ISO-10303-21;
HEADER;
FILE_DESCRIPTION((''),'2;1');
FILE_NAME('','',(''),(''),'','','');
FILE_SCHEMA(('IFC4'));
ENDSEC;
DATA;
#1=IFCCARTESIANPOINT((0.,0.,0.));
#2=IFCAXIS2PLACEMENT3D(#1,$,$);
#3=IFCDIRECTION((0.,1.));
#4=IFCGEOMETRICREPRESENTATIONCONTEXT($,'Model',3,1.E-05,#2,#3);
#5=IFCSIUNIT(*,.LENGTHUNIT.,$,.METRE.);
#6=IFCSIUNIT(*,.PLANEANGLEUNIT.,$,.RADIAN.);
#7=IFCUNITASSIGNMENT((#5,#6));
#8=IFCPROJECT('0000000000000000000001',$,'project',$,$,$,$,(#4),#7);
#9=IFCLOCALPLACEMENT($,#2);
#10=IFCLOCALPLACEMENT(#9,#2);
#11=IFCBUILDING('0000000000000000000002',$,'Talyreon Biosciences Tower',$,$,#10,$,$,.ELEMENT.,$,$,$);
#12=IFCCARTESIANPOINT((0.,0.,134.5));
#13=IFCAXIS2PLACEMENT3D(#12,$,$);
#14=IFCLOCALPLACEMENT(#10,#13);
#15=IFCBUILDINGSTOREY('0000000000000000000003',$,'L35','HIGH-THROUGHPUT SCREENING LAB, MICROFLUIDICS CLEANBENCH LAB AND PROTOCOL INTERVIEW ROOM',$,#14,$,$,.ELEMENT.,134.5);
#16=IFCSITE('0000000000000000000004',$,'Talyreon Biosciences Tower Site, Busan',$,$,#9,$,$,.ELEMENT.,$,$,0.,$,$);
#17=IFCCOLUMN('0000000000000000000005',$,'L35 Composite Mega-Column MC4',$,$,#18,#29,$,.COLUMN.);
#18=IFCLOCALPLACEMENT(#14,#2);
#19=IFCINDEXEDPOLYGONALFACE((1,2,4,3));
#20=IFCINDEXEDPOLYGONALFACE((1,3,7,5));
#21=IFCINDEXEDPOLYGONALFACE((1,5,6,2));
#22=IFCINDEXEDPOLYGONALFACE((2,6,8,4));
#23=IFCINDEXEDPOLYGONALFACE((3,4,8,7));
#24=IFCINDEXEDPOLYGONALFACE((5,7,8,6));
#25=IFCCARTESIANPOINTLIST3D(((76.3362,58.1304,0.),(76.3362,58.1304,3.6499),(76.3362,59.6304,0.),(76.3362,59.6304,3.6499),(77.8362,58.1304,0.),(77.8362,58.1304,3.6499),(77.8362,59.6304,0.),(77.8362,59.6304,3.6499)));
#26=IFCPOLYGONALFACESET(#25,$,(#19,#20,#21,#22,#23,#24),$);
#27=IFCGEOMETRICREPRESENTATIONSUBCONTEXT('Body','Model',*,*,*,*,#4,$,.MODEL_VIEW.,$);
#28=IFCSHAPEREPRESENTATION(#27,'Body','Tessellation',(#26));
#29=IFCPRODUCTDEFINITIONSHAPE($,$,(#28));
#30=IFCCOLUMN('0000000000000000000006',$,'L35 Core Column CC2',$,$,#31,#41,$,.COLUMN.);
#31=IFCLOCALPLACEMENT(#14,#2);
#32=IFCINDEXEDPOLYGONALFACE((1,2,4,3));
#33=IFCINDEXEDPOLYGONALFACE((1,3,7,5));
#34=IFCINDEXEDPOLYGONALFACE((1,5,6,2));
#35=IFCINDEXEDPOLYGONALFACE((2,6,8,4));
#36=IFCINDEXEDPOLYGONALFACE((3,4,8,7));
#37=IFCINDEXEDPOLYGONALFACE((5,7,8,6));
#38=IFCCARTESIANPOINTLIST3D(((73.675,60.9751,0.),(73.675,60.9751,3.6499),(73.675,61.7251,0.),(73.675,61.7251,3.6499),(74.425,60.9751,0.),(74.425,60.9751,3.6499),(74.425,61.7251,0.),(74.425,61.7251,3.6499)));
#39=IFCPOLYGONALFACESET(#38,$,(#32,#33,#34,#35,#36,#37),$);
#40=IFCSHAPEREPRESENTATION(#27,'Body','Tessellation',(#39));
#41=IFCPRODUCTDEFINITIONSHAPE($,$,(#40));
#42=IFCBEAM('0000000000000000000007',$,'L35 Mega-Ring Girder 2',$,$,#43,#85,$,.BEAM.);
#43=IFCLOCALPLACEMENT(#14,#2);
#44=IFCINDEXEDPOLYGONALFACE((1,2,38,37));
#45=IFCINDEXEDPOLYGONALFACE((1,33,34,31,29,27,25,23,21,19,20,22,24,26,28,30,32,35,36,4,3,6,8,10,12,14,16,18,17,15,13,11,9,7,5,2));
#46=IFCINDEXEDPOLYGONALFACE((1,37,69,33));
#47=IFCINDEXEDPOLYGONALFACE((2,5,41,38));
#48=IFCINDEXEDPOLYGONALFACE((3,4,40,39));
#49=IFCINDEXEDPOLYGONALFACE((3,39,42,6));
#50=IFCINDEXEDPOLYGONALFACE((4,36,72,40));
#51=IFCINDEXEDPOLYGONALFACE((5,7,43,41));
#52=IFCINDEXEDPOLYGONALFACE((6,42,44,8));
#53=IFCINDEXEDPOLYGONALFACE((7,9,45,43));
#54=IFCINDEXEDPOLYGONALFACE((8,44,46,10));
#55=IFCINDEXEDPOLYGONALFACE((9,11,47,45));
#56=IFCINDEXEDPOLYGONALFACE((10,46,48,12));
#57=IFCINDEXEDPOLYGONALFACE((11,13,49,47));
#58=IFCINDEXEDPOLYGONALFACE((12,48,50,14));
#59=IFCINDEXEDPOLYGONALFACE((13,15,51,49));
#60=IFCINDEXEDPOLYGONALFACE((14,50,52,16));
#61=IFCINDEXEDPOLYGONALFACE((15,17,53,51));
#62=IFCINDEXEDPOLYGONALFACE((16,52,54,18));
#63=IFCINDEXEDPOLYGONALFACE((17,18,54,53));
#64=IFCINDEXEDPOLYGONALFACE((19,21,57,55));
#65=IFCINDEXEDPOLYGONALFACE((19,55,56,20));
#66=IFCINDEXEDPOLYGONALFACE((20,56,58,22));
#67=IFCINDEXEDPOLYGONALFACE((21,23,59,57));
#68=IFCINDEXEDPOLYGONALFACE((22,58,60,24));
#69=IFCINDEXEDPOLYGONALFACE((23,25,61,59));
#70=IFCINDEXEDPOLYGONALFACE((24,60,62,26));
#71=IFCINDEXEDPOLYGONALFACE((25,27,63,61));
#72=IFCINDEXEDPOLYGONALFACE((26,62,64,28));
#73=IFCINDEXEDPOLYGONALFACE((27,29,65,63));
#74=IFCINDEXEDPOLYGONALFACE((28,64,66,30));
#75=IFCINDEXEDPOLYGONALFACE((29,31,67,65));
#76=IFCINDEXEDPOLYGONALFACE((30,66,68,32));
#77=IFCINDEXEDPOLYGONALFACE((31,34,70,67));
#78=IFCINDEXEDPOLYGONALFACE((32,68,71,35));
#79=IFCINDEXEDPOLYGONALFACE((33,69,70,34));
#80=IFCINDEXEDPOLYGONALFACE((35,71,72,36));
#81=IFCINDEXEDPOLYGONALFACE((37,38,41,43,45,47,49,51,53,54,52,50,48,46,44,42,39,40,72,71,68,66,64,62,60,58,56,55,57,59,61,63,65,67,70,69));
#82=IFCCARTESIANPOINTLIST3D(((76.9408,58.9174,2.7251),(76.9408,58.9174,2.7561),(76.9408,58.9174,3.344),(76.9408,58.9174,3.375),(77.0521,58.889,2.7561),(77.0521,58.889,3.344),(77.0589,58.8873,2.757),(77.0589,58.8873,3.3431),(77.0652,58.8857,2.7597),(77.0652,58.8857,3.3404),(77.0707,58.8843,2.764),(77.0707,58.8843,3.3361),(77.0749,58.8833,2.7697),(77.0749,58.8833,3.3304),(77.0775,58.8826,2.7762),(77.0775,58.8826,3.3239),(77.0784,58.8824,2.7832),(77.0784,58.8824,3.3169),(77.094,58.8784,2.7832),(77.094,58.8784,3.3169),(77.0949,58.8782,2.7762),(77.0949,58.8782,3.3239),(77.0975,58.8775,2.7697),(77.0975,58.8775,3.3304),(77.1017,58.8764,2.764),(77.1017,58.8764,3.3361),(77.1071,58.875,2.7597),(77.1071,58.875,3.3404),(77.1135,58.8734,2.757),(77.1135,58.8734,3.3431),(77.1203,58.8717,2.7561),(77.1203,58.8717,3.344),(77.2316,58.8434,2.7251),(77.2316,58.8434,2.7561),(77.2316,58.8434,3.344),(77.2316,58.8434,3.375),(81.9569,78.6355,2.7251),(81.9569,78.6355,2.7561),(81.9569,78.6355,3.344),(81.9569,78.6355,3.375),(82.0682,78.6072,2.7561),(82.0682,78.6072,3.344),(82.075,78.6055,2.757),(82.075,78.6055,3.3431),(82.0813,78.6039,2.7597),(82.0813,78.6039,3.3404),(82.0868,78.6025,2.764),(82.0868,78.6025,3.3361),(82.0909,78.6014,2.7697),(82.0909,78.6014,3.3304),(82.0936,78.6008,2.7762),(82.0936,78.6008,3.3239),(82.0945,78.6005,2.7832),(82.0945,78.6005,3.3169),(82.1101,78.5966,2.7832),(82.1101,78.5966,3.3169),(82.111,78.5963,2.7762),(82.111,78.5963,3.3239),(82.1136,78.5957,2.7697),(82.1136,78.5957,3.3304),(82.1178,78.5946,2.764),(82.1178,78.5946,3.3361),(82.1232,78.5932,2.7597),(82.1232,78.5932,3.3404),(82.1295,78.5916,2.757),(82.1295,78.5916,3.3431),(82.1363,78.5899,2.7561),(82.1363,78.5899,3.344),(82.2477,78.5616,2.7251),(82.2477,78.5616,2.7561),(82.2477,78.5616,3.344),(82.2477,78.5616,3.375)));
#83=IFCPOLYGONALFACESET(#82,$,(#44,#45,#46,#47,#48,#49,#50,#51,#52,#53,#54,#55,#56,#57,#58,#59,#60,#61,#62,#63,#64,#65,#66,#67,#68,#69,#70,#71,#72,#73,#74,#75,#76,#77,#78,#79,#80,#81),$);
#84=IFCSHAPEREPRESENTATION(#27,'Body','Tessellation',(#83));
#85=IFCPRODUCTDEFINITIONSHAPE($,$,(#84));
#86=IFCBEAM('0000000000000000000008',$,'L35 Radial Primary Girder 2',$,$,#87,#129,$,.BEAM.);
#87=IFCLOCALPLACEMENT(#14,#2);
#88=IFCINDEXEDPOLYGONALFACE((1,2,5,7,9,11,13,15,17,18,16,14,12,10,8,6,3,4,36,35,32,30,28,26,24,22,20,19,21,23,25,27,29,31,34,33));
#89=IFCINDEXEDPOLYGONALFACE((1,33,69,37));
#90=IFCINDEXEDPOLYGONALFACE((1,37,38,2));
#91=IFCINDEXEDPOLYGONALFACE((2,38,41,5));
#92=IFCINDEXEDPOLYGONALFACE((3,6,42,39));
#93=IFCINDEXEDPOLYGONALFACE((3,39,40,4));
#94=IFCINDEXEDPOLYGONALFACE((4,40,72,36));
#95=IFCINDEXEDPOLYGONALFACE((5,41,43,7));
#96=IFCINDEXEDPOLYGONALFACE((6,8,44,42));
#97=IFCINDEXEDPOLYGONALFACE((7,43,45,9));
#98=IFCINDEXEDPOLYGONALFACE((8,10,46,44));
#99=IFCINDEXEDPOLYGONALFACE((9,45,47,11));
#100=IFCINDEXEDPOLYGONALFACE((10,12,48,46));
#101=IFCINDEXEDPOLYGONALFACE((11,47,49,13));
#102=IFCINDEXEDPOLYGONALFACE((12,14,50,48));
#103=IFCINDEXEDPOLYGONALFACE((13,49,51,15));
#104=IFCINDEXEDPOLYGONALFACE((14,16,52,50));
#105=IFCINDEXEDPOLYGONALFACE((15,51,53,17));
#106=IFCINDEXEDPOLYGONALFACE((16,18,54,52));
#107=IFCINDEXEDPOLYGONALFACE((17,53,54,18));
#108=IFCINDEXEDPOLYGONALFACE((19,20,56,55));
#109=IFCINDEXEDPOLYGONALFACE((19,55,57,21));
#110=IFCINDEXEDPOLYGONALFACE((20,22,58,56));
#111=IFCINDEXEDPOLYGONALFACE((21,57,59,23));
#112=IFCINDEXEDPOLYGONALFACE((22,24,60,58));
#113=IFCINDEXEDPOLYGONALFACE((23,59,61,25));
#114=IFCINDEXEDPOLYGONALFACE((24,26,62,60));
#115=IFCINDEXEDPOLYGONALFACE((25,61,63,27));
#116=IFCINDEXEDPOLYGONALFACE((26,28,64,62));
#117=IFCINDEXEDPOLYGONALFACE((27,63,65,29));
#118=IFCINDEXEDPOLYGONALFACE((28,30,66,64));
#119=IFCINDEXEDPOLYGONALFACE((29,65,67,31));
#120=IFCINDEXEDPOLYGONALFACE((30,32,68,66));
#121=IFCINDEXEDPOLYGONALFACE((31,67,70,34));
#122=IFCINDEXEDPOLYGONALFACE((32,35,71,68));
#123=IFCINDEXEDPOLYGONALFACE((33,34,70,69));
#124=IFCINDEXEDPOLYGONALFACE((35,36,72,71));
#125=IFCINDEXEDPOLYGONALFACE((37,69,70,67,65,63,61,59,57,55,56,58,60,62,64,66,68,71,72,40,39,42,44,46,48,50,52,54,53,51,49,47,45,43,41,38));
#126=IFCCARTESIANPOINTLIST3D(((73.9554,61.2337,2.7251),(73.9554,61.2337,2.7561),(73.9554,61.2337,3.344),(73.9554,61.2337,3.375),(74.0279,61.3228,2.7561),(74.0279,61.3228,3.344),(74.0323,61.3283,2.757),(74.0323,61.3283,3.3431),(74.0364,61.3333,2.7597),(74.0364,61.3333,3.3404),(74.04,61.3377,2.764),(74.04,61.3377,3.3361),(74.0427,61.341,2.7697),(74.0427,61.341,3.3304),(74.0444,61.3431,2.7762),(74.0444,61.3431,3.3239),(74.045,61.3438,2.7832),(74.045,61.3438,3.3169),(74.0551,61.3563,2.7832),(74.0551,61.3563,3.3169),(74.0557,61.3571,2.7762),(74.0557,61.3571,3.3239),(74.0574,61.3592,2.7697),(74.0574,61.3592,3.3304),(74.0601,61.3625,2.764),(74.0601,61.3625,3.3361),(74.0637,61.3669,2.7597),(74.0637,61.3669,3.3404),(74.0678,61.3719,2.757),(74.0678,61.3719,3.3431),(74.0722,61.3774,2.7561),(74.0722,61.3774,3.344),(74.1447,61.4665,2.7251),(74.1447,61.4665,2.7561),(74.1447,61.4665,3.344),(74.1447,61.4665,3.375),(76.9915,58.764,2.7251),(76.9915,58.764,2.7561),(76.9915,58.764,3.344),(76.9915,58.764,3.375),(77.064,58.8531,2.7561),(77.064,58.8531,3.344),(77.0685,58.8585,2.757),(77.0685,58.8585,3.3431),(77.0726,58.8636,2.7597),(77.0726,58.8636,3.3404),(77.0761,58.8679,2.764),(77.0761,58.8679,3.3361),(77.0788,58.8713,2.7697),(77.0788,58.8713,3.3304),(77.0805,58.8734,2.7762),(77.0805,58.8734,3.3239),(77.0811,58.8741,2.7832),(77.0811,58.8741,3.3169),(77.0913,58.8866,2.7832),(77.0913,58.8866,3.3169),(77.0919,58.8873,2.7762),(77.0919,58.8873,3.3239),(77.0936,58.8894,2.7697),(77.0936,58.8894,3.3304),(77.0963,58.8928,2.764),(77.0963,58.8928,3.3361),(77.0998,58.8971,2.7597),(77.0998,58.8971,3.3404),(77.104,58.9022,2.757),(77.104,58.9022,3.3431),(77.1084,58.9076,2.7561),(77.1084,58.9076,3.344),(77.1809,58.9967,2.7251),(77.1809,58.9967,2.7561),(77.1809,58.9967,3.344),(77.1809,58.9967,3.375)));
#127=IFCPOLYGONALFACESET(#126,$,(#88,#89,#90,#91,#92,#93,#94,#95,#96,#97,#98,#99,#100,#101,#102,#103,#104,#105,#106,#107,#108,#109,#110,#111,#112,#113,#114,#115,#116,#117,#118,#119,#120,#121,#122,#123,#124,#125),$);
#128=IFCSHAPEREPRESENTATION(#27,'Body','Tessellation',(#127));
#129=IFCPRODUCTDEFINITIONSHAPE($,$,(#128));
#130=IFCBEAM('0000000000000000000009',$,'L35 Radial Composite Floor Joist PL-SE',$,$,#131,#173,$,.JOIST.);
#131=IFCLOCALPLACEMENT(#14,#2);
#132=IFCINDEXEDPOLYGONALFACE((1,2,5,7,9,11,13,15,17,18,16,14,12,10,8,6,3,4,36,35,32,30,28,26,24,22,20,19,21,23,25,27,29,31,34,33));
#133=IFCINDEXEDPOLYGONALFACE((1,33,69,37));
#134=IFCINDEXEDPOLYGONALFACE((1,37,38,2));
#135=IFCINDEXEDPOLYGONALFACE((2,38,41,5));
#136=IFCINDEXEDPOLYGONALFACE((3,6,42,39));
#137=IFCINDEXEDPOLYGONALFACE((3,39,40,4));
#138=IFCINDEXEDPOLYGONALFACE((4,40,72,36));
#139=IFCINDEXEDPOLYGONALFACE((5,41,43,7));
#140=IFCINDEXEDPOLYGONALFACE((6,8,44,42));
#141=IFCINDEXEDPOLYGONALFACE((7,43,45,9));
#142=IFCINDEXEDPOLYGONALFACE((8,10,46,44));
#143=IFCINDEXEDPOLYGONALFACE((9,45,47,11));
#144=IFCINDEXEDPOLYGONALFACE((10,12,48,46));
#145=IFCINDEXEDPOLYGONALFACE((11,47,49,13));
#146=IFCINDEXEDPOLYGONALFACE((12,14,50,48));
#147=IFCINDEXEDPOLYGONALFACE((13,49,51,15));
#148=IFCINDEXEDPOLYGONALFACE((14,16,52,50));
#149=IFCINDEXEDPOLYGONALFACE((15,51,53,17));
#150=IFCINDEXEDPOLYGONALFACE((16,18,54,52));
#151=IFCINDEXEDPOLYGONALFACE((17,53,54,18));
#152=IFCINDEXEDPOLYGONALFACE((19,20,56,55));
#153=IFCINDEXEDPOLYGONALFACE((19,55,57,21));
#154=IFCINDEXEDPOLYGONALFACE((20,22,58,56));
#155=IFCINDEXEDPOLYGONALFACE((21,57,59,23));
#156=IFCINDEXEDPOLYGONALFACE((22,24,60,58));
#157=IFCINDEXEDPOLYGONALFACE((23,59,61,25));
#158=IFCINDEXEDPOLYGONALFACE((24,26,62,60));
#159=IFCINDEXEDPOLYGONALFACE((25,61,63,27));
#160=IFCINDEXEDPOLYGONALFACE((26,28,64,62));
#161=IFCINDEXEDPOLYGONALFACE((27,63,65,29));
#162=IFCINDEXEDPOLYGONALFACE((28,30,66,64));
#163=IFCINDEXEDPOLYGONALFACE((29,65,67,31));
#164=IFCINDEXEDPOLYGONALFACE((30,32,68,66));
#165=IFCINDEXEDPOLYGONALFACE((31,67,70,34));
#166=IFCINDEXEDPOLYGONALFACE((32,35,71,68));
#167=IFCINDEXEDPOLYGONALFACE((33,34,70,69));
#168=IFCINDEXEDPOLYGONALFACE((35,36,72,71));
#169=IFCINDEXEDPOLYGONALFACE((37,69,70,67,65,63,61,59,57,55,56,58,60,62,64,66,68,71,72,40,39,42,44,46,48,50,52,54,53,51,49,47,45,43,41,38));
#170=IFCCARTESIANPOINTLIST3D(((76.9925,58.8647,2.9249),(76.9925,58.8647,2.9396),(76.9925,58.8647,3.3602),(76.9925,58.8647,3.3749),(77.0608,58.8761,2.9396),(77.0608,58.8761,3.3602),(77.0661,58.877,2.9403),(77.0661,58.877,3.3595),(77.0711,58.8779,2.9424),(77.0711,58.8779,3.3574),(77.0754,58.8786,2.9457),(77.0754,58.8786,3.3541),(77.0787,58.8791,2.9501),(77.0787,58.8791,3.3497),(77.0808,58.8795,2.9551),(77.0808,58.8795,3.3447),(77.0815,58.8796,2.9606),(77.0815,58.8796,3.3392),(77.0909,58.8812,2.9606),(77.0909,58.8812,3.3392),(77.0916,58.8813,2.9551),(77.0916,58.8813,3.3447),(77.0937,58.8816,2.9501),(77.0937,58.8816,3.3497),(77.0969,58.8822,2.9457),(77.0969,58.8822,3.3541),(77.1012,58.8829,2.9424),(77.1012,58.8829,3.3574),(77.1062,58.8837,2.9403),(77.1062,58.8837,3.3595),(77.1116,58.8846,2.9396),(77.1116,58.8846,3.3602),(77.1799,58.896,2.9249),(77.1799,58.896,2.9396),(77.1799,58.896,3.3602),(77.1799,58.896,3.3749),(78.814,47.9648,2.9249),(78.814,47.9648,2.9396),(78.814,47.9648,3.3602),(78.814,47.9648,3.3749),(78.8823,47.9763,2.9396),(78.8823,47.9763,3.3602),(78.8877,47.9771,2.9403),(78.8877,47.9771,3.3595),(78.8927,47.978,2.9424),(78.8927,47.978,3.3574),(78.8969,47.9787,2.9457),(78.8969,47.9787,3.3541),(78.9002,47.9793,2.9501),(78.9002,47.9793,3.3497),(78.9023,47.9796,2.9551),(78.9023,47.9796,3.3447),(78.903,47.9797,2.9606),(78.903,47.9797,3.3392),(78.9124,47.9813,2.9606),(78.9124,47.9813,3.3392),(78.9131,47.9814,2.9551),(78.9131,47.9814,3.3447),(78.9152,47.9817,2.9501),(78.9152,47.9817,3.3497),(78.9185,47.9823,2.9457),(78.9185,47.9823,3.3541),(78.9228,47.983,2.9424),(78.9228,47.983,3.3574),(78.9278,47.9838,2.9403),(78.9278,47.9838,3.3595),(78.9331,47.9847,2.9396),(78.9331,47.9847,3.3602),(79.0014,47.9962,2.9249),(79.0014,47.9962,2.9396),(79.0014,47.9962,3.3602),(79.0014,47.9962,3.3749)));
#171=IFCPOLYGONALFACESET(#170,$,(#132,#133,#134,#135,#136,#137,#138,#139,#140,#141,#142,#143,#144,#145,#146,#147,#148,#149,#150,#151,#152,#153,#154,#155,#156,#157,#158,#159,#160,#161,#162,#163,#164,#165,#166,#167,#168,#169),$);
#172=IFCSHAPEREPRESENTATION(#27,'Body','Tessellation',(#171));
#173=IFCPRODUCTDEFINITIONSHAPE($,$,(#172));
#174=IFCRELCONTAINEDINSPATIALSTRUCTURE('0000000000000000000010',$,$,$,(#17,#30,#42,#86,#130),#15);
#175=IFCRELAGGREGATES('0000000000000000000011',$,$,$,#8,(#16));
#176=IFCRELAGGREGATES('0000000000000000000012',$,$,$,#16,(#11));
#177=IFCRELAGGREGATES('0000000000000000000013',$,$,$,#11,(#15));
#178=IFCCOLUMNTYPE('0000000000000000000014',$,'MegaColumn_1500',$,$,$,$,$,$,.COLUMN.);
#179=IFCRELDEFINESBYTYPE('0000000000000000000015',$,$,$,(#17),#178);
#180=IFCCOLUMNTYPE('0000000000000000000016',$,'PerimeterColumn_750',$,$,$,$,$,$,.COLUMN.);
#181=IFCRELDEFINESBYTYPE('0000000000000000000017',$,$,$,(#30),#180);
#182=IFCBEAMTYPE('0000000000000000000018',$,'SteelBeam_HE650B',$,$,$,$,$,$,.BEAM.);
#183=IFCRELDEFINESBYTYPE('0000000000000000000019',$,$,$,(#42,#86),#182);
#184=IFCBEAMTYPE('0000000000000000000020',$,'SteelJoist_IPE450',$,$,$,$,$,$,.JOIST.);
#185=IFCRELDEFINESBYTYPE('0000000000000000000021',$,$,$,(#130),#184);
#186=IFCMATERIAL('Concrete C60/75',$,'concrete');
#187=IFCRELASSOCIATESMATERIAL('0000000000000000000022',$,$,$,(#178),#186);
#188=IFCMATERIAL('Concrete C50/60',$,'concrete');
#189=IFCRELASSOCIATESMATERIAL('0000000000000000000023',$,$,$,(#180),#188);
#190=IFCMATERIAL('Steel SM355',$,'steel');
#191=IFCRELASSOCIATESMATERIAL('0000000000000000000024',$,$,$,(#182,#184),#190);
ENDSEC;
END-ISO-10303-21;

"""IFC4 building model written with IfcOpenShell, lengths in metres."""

from ifc_helpers import new_model, si_unit, direction, frame, origin, origin_2d, place, context, subcontext, project, spatial, rectangle, i_section, extrude, material, material_profile, profile_set, type_object, element, save


model = new_model("IFC4")

# Units and contexts
model_context = context("Model", 3, precision=1e-05, world=origin(), true_north=direction((0.0, 1.0)))
body_context = subcontext(model_context, "Body", "Model", "MODEL_VIEW")
ifc_project = project(units=[si_unit("LENGTHUNIT", "METRE"), si_unit("PLANEANGLEUNIT", "RADIAN")], contexts=[model_context])

# Site, building, storey
site_placement = place(None, origin())
site = spatial("IfcSite", under=ifc_project, at=site_placement, Name="Talyreon Biosciences Tower Site, Busan", CompositionType="ELEMENT", RefElevation=0.0)
building_placement = place(site_placement, origin())
building = spatial("IfcBuilding", under=site, at=building_placement, Name="Talyreon Biosciences Tower", CompositionType="ELEMENT")
storey_placement = place(building_placement, frame((0.0, 0.0, 134.5)))
storey = spatial("IfcBuildingStorey", under=building, at=storey_placement, Name="L35", Description="HIGH-THROUGHPUT SCREENING LAB, MICROFLUIDICS CLEANBENCH LAB AND PROTOCOL INTERVIEW ROOM", CompositionType="ELEMENT", Elevation=134.5)

# Columns
ifc_material_1 = material(Name="Concrete C60/75", Category="concrete")
ifc_material_profile_1 = material_profile(ifc_material_1, rectangle(XDim=1.5, YDim=1.5, at=origin_2d()), Name="RC 1500x1500")
ifc_profile_set_1 = profile_set([ifc_material_profile_1], Name="Concrete C60/75")
column_type_1 = type_object("IfcColumnType", Name="MegaColumn_1500", PredefinedType="COLUMN", material=ifc_profile_set_1)
column_1_placement = place(storey_placement, frame((77.0862, 58.8804, 0.0), z_axis=(0.0, 0.0, 1.0), x_axis=(1.0, 0.0, 0.0)))
element("IfcColumn", 1, at=column_1_placement, inside=storey, type_object=column_type_1, Name="L35 Composite Mega-Column MC4", PredefinedType="COLUMN", context=body_context, shape_type="SweptSolid", body=[
    extrude(rectangle(XDim=1.5, YDim=1.5, at=origin_2d()), origin(), (0.0, 0.0, 1.0), 3.6499),
])
ifc_material_2 = material(Name="Concrete C50/60", Category="concrete")
ifc_material_profile_2 = material_profile(ifc_material_2, rectangle(XDim=0.75, YDim=0.75, at=origin_2d()), Name="RC 750x750")
ifc_profile_set_2 = profile_set([ifc_material_profile_2], Name="Concrete C50/60")
column_type_2 = type_object("IfcColumnType", Name="PerimeterColumn_750", PredefinedType="COLUMN", material=ifc_profile_set_2)
column_2_placement = place(storey_placement, frame((74.05, 61.3501, 0.0), z_axis=(0.0, 0.0, 1.0), x_axis=(1.0, 0.0, 0.0)))
element("IfcColumn", 2, at=column_2_placement, inside=storey, type_object=column_type_2, Name="L35 Core Column CC2", PredefinedType="COLUMN", context=body_context, shape_type="SweptSolid", body=[
    extrude(rectangle(XDim=0.75, YDim=0.75, at=origin_2d()), origin(), (0.0, 0.0, 1.0), 3.6499),
])

# Beams
ifc_material_3 = material(Name="Steel SM355", Category="steel")
ifc_material_profile_3 = material_profile(ifc_material_3, i_section(OverallWidth=0.3, OverallDepth=0.6499, WebThickness=0.0161, FlangeThickness=0.031, FilletRadius=0.0271, at=origin_2d()), Name="HE650B")
ifc_profile_set_3 = profile_set([ifc_material_profile_3], Name="Steel SM355")
beam_type_1 = type_object("IfcBeamType", Name="SteelBeam_HE650B", PredefinedType="BEAM", material=ifc_profile_set_3)
beam_1_placement = place(storey_placement, frame((77.0862, 58.8804, 3.05), z_axis=(0.246537, 0.969133, 0.0), x_axis=(-0.969133, 0.246537, 0.0)))
element("IfcBeam", 3, at=beam_1_placement, inside=storey, type_object=beam_type_1, Name="L35 Mega-Ring Girder 2", PredefinedType="BEAM", context=body_context, shape_type="SweptSolid", body=[
    extrude(i_section(OverallWidth=0.3, OverallDepth=0.6499, WebThickness=0.0161, FlangeThickness=0.031, FilletRadius=0.0271, at=origin_2d()), origin(), (0.0, 0.0, 1.0), 20.3462),
])
beam_2_placement = place(storey_placement, frame((74.05, 61.3501, 3.05), z_axis=(0.775755, -0.631034, 0.0), x_axis=(0.631034, 0.775755, 0.0)))
element("IfcBeam", 4, at=beam_2_placement, inside=storey, type_object=beam_type_1, Name="L35 Radial Primary Girder 2", PredefinedType="BEAM", context=body_context, shape_type="SweptSolid", body=[
    extrude(i_section(OverallWidth=0.3, OverallDepth=0.6499, WebThickness=0.0161, FlangeThickness=0.031, FilletRadius=0.0271, at=origin_2d()), origin(), (0.0, 0.0, 1.0), 3.9138),
])
ifc_material_profile_4 = material_profile(ifc_material_3, i_section(OverallWidth=0.1899, OverallDepth=0.45, WebThickness=0.0095, FlangeThickness=0.0146, FilletRadius=0.021, at=origin_2d()), Name="IPE450")
ifc_profile_set_4 = profile_set([ifc_material_profile_4], Name="Steel SM355")
beam_type_2 = type_object("IfcBeamType", Name="SteelJoist_IPE450", PredefinedType="JOIST", material=ifc_profile_set_4)
beam_3_placement = place(storey_placement, frame((77.0862, 58.8804, 3.1499), z_axis=(0.164829, -0.986322, 0.0), x_axis=(0.986322, 0.164829, 0.0)))
element("IfcBeam", 5, at=beam_3_placement, inside=storey, type_object=beam_type_2, Name="L35 Radial Composite Floor Joist PL-SE", PredefinedType="JOIST", context=body_context, shape_type="SweptSolid", body=[
    extrude(i_section(OverallWidth=0.1899, OverallDepth=0.45, WebThickness=0.0095, FlangeThickness=0.0146, FilletRadius=0.021, at=origin_2d()), origin(), (0.0, 0.0, 1.0), 11.051),
])

save(model, "model.ifc")
